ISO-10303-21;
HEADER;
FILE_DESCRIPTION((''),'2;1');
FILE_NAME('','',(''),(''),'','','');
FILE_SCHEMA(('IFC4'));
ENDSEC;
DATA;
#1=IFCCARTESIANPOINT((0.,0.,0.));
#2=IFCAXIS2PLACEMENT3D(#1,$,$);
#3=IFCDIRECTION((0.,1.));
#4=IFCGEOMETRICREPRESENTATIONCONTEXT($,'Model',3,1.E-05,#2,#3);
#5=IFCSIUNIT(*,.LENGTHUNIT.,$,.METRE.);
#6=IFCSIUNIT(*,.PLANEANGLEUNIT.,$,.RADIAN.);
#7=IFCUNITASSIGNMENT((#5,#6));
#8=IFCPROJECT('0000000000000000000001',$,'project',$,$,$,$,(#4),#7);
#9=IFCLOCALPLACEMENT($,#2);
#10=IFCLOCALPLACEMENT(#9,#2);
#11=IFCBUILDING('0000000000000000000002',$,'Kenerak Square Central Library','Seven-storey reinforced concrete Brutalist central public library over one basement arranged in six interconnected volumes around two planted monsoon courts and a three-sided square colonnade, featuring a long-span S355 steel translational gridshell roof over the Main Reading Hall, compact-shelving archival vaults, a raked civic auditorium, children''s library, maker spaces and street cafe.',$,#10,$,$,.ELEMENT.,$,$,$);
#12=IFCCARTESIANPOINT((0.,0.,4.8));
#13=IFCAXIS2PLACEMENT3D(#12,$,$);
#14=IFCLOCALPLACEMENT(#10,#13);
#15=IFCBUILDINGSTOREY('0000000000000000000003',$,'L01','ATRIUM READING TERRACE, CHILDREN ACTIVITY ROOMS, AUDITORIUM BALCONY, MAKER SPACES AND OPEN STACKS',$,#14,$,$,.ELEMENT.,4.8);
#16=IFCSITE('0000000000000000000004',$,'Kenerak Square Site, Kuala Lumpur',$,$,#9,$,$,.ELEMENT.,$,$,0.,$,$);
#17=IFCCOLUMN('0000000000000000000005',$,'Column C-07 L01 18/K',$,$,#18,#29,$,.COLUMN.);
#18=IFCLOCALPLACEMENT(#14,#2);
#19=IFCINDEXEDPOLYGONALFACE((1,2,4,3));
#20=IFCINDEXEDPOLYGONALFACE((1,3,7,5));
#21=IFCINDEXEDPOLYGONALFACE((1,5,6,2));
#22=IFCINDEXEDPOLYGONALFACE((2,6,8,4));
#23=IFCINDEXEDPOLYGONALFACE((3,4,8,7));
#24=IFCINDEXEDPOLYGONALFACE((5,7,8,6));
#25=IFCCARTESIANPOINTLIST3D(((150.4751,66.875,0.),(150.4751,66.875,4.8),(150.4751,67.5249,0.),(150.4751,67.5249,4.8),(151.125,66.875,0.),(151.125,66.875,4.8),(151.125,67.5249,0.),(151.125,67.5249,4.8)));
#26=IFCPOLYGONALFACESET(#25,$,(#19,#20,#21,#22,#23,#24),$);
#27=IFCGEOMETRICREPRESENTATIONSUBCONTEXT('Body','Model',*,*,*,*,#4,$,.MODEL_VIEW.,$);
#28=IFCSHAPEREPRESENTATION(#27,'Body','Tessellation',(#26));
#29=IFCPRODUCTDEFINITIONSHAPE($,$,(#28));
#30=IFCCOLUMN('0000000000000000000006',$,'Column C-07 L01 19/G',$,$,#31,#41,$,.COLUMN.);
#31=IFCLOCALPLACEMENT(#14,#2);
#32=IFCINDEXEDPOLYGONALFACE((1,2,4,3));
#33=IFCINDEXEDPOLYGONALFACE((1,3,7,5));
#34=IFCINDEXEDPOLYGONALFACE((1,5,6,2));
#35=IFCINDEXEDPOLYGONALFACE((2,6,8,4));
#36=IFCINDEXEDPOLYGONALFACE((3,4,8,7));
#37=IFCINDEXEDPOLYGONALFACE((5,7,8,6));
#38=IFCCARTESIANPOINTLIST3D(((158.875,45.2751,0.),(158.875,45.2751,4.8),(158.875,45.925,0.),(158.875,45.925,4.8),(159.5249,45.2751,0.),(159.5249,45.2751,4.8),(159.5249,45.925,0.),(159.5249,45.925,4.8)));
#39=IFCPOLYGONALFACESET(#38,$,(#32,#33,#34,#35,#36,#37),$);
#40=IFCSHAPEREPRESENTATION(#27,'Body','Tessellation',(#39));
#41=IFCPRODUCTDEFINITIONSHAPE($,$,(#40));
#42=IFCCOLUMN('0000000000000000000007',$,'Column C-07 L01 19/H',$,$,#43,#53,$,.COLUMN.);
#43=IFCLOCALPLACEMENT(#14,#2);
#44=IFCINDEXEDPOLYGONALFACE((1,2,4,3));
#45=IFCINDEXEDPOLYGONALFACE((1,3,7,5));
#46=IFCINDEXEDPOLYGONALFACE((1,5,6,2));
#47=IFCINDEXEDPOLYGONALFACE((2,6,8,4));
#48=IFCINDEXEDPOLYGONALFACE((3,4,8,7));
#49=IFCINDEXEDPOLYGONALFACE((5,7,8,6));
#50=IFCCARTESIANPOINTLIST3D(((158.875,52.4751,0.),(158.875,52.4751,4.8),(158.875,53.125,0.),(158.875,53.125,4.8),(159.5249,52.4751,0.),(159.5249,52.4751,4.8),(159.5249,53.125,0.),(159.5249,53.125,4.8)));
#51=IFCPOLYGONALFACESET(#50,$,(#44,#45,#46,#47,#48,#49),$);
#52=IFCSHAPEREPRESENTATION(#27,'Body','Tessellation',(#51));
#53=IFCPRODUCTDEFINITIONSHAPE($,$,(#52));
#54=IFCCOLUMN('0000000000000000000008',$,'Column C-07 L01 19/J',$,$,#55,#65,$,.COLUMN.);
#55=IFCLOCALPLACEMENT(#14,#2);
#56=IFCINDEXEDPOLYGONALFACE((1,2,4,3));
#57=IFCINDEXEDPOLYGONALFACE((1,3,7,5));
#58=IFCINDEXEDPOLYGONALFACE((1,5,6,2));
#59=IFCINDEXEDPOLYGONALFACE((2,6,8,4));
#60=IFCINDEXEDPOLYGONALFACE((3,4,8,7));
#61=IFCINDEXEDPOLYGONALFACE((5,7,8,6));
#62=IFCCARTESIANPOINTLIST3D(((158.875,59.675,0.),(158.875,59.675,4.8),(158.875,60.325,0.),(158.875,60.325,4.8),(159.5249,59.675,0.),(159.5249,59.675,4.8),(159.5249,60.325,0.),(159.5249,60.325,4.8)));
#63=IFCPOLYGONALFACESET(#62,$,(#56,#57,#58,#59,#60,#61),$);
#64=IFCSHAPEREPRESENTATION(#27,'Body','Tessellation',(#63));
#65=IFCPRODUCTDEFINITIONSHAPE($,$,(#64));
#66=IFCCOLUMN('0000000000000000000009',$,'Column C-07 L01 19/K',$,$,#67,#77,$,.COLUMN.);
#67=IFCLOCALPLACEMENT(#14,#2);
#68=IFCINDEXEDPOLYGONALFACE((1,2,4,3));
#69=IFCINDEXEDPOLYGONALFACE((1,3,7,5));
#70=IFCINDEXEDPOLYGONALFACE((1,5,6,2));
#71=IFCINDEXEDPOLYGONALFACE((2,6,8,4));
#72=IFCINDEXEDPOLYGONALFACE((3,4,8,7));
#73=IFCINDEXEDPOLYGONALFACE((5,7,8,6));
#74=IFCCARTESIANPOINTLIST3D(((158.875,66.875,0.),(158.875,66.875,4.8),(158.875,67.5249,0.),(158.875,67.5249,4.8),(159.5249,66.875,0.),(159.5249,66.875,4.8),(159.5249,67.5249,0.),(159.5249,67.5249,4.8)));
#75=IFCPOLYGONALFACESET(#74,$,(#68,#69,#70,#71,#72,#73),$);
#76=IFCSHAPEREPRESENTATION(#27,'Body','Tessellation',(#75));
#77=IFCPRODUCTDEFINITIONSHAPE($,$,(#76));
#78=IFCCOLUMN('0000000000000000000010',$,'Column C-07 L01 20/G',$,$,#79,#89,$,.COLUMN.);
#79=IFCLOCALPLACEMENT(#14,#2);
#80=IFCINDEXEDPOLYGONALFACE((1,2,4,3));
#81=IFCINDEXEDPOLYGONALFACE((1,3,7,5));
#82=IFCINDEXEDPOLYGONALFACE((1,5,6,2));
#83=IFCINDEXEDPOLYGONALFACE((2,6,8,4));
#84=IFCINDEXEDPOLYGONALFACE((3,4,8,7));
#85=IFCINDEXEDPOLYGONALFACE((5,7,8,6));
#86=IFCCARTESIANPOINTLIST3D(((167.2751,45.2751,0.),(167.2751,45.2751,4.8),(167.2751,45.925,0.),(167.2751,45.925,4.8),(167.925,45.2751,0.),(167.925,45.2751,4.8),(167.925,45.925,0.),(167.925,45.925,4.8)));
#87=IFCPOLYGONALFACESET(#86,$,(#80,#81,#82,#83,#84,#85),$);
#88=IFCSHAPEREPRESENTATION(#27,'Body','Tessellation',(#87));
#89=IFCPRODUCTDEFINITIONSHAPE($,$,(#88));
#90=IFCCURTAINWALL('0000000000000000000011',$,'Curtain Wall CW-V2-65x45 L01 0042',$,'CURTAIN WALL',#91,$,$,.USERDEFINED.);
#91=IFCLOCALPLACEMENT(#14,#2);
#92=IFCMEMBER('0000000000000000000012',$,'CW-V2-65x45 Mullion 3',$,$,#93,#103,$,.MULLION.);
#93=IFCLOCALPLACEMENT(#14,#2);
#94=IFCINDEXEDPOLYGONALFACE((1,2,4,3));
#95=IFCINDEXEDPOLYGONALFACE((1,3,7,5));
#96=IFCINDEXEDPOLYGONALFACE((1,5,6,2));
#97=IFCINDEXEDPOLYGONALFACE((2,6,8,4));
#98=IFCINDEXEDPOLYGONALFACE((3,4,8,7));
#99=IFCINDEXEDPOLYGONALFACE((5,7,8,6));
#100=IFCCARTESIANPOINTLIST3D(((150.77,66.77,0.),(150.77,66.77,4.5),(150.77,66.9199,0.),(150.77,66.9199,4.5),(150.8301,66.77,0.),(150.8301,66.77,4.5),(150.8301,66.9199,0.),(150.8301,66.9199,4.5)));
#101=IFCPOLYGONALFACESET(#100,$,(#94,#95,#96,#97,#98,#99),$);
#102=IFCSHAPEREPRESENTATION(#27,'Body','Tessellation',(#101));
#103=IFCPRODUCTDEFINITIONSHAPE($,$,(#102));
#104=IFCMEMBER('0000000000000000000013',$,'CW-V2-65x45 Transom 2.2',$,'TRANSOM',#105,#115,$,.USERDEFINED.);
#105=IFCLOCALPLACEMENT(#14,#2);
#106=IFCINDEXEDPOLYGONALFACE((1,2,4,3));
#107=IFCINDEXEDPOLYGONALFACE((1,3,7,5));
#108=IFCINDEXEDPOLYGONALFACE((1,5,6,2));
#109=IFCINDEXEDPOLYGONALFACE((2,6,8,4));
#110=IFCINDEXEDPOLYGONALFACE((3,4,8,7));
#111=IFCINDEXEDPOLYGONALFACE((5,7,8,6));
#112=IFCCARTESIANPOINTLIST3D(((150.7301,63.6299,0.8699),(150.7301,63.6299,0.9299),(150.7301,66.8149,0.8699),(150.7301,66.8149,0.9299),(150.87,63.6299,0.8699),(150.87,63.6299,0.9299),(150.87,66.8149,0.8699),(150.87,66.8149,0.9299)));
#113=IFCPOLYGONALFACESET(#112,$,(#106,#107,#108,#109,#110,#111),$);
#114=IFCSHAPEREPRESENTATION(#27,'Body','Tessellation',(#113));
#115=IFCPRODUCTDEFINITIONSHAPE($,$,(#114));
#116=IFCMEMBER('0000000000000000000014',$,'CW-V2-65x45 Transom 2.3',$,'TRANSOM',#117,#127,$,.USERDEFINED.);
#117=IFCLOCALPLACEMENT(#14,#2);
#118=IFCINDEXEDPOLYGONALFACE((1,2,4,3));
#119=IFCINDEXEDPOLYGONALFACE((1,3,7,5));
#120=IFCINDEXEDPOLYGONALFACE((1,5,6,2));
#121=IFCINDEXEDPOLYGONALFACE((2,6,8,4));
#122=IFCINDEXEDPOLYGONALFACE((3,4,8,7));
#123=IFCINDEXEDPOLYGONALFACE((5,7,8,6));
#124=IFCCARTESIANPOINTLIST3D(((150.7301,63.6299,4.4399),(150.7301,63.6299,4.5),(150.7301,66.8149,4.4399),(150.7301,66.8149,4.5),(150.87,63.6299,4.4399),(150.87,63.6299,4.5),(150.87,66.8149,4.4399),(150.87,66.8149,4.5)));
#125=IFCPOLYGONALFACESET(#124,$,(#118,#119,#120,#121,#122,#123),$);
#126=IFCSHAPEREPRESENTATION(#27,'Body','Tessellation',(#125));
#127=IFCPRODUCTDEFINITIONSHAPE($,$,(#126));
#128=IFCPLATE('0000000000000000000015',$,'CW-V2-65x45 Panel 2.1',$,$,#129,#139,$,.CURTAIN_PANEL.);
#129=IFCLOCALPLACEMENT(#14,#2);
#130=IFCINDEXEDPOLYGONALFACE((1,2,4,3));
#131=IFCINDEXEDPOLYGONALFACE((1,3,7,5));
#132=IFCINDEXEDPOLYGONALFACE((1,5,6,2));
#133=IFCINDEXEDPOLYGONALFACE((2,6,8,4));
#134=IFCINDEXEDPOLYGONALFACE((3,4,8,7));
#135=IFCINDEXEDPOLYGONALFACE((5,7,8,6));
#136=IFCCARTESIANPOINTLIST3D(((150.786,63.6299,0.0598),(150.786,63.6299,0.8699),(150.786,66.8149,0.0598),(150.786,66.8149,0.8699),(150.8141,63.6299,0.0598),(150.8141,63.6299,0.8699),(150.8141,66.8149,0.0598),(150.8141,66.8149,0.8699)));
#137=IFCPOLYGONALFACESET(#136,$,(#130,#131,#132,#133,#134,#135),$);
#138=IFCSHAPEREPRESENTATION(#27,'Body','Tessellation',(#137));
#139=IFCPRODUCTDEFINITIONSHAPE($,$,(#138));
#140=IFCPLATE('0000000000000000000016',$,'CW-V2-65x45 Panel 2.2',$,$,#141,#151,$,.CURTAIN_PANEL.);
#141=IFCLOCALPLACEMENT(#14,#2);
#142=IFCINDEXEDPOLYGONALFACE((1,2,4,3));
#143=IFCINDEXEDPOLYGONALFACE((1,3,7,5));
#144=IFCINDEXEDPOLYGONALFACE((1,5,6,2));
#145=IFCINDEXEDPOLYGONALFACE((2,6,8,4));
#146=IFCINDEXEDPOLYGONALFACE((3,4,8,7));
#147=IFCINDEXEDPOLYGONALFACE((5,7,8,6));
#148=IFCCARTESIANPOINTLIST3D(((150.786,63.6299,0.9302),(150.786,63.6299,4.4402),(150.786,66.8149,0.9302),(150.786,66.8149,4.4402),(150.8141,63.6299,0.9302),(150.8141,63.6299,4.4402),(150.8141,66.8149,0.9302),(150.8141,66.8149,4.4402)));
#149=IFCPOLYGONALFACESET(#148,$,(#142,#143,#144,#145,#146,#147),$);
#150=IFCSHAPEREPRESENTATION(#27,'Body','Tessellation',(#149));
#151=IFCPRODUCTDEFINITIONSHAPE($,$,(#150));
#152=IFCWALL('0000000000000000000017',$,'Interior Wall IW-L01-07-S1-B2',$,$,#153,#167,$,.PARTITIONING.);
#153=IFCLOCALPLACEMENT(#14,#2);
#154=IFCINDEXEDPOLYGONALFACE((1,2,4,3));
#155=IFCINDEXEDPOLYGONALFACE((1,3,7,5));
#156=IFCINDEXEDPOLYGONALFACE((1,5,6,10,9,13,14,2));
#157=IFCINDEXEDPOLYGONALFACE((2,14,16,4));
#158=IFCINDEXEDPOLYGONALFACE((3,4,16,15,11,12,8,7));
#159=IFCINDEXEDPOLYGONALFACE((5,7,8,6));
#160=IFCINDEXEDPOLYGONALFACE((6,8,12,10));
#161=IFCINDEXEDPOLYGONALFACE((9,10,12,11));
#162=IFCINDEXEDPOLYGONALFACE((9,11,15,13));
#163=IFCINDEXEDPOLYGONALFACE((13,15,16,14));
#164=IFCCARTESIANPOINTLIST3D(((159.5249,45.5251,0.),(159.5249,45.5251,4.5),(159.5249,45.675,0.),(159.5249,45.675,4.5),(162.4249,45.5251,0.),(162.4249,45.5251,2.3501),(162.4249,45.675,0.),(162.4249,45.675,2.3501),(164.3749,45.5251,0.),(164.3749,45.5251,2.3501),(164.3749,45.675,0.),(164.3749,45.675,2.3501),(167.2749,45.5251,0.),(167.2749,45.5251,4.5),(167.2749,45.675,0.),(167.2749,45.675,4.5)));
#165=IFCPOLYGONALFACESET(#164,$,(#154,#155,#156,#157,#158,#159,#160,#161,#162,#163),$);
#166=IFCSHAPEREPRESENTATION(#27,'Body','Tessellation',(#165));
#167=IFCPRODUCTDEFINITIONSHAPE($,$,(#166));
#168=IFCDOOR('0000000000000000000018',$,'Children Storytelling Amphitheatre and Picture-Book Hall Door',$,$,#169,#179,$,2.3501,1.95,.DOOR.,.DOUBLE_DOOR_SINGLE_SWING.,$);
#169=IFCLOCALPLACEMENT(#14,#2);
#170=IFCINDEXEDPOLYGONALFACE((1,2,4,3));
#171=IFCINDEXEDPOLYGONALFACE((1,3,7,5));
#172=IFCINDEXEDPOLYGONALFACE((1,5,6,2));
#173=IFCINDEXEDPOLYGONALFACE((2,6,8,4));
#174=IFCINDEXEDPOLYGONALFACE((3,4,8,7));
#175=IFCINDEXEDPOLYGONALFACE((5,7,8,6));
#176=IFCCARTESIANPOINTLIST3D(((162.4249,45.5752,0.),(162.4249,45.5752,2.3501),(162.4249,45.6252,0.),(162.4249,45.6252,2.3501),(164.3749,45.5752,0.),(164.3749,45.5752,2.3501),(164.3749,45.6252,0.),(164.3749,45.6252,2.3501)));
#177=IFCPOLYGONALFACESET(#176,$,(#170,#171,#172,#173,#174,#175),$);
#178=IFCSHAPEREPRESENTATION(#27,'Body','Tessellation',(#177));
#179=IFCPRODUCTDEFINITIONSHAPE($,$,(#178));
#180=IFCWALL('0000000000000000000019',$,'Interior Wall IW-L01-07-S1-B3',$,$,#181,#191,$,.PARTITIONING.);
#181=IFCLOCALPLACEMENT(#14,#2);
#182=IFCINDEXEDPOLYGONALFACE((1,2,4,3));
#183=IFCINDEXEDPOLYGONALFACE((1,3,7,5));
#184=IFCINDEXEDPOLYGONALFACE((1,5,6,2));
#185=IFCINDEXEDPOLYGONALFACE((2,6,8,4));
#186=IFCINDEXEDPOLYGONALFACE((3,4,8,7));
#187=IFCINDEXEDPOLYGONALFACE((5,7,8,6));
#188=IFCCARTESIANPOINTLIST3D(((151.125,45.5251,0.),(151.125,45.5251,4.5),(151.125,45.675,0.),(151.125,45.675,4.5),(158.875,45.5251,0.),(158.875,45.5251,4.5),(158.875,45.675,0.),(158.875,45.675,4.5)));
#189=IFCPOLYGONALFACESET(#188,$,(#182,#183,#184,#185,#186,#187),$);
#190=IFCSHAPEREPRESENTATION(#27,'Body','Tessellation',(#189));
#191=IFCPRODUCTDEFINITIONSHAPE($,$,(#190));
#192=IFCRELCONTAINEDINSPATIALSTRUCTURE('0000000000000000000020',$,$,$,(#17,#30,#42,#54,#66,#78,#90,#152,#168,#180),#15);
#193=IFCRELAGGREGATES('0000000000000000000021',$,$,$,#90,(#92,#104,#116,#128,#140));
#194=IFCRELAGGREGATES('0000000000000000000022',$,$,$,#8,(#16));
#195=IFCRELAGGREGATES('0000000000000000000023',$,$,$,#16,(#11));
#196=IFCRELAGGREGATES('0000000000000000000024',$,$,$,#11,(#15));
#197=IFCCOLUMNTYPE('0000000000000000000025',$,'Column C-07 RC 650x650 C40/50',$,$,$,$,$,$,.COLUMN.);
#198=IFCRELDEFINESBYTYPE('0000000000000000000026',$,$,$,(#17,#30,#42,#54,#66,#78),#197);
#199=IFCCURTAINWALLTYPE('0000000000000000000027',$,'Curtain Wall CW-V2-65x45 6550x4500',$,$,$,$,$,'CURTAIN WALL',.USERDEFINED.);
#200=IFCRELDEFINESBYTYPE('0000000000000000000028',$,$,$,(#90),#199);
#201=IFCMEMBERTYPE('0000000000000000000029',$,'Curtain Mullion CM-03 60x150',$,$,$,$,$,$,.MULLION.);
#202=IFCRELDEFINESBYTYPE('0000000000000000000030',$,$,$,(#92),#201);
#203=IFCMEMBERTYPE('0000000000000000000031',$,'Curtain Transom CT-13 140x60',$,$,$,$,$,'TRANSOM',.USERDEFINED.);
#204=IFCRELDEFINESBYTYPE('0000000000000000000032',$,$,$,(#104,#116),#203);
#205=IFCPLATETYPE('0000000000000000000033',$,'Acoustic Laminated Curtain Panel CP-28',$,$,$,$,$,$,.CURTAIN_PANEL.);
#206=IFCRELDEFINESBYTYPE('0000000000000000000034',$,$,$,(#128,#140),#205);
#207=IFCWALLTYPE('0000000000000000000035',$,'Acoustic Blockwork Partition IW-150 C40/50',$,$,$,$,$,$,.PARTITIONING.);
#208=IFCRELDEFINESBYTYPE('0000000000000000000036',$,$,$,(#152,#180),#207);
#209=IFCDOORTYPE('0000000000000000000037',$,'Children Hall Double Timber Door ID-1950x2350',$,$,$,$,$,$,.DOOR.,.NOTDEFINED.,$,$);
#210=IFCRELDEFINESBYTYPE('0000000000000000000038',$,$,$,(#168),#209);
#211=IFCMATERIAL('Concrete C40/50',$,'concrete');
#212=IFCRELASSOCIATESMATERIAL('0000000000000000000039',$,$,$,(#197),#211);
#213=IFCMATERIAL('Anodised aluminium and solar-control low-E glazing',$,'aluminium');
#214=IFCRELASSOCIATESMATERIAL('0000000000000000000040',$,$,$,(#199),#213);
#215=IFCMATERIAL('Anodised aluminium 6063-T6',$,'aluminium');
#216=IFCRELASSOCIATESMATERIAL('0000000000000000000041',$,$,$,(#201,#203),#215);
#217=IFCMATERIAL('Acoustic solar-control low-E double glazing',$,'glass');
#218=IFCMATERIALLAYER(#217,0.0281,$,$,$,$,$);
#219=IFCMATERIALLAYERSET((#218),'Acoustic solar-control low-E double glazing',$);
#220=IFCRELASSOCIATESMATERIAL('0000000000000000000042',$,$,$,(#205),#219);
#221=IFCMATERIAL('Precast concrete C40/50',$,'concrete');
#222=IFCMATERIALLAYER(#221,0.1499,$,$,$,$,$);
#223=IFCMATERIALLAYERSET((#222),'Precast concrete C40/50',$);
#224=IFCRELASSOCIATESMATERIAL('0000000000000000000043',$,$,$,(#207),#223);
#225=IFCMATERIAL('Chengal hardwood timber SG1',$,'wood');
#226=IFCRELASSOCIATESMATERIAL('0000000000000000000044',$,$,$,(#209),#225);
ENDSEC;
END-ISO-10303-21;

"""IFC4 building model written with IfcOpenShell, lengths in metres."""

from ifc_helpers import new_model, si_unit, direction, frame, frame_2d, origin, origin_2d, place, context, subcontext, project, spatial, rectangle, extrude, material, layer, layer_set, material_profile, profile_set, type_object, element, fill, aggregate, save


model = new_model("IFC4")

# Units and contexts
model_context = context("Model", 3, precision=1e-05, world=origin(), true_north=direction((0.0, 1.0)))
body_context = subcontext(model_context, "Body", "Model", "MODEL_VIEW")
ifc_project = project(units=[si_unit("LENGTHUNIT", "METRE"), si_unit("PLANEANGLEUNIT", "RADIAN")], contexts=[model_context])

# Site, building, storey
site_placement = place(None, origin())
site = spatial("IfcSite", under=ifc_project, at=site_placement, Name="Kenerak Square Site, Kuala Lumpur", CompositionType="ELEMENT", RefElevation=0.0)
building_placement = place(site_placement, origin())
building = spatial("IfcBuilding", under=site, at=building_placement, Name="Kenerak Square Central Library", Description="Seven-storey reinforced concrete Brutalist central public library over one basement arranged in six interconnected volumes around two planted monsoon courts and a three-sided square colonnade, featuring a long-span S355 steel translational gridshell roof over the Main Reading Hall, compact-shelving archival vaults, a raked civic auditorium, children's library, maker spaces and street cafe.", CompositionType="ELEMENT")
storey_placement = place(building_placement, frame((0.0, 0.0, 4.8)))
storey = spatial("IfcBuildingStorey", under=building, at=storey_placement, Name="L01", Description="ATRIUM READING TERRACE, CHILDREN ACTIVITY ROOMS, AUDITORIUM BALCONY, MAKER SPACES AND OPEN STACKS", CompositionType="ELEMENT", Elevation=4.8)

# Columns
ifc_material_1 = material(Name="Concrete C40/50", Category="concrete")
ifc_material_profile_1 = material_profile(ifc_material_1, rectangle(XDim=0.6499, YDim=0.6499, at=origin_2d()), Name="RC 650x650")
ifc_profile_set_1 = profile_set([ifc_material_profile_1], Name="Concrete C40/50")
column_type = type_object("IfcColumnType", Name="Column C-07 RC 650x650 C40/50", PredefinedType="COLUMN", material=ifc_profile_set_1)
for number, where, z_axis, x_axis, name in (
    (1, (150.8, 67.2, 0.0), (0.0, 0.0, 1.0), (1.0, 0.0, 0.0), "Column C-07 L01 18/K"),
    (2, (159.2, 45.6001, 0.0), (0.0, 0.0, 1.0), (1.0, 0.0, 0.0), "Column C-07 L01 19/G"),
    (3, (159.2, 52.8, 0.0), (0.0, 0.0, 1.0), (1.0, 0.0, 0.0), "Column C-07 L01 19/H"),
    (4, (159.2, 60.0, 0.0), (0.0, 0.0, 1.0), (1.0, 0.0, 0.0), "Column C-07 L01 19/J"),
    (5, (159.2, 67.2, 0.0), (0.0, 0.0, 1.0), (1.0, 0.0, 0.0), "Column C-07 L01 19/K"),
    (6, (167.6001, 45.6001, 0.0), (0.0, 0.0, 1.0), (1.0, 0.0, 0.0), "Column C-07 L01 20/G"),
):
    element("IfcColumn", number, at=place(storey_placement, frame(where, z_axis=z_axis, x_axis=x_axis)), inside=storey, type_object=column_type, Name=name, PredefinedType="COLUMN", context=body_context, shape_type="SweptSolid", body=[
        extrude(rectangle(XDim=0.6499, YDim=0.6499, at=origin_2d()), origin(), (0.0, 0.0, 1.0), 4.8),
    ])

# Curtain wall, members, plates
ifc_material_2 = material(Name="Anodised aluminium and solar-control low-E glazing", Category="aluminium")
curtain_wall_type = type_object("IfcCurtainWallType", Name="Curtain Wall CW-V2-65x45 6550x4500", ElementType="CURTAIN WALL", PredefinedType="USERDEFINED", material=ifc_material_2)
curtain_wall_placement = place(storey_placement, origin())
curtain_wall = element("IfcCurtainWall", 7, at=curtain_wall_placement, inside=storey, type_object=curtain_wall_type, Name="Curtain Wall CW-V2-65x45 L01 0042", ObjectType="CURTAIN WALL", PredefinedType="USERDEFINED")
ifc_material_3 = material(Name="Anodised aluminium 6063-T6", Category="aluminium")
ifc_material_profile_2 = material_profile(ifc_material_3, rectangle(XDim=0.0601, YDim=0.1499, at=origin_2d()), Name="AL MULLION 60x150")
ifc_profile_set_2 = profile_set([ifc_material_profile_2], Name="Anodised aluminium 6063-T6")
member_type_1 = type_object("IfcMemberType", Name="Curtain Mullion CM-03 60x150", PredefinedType="MULLION", material=ifc_profile_set_2)
member_1_placement = place(storey_placement, frame((150.8, 66.845, 0.0), z_axis=(0.0, 0.0, 1.0), x_axis=(-1.0, 0.0, 0.0)))
member_1 = element("IfcMember", 8, at=member_1_placement, type_object=member_type_1, Name="CW-V2-65x45 Mullion 3", PredefinedType="MULLION", context=body_context, shape_type="SweptSolid", body=[
    extrude(rectangle(XDim=0.0601, YDim=0.1499, at=origin_2d()), origin(), (0.0, 0.0, 1.0), 4.5),
])
ifc_material_profile_3 = material_profile(ifc_material_3, rectangle(XDim=0.1399, YDim=0.0601, at=origin_2d()), Name="AL TRANSOM 140x60")
ifc_profile_set_3 = profile_set([ifc_material_profile_3], Name="Anodised aluminium 6063-T6")
member_type_2 = type_object("IfcMemberType", Name="Curtain Transom CT-13 140x60", ElementType="TRANSOM", PredefinedType="USERDEFINED", material=ifc_profile_set_3)
member_2_placement = place(storey_placement, frame((150.8, 63.6299, 0.8999), z_axis=(0.0, 1.0, 0.0), x_axis=(-1.0, 0.0, 0.0)))
member_2 = element("IfcMember", 9, at=member_2_placement, type_object=member_type_2, Name="CW-V2-65x45 Transom 2.2", ObjectType="TRANSOM", PredefinedType="USERDEFINED", context=body_context, shape_type="SweptSolid", body=[
    extrude(rectangle(XDim=0.1399, YDim=0.0601, at=origin_2d()), origin(), (0.0, 0.0, 1.0), 3.1851),
])
member_3_placement = place(storey_placement, frame((150.8, 63.6299, 4.47), z_axis=(0.0, 1.0, 0.0), x_axis=(-1.0, 0.0, 0.0)))
member_3 = element("IfcMember", 10, at=member_3_placement, type_object=member_type_2, Name="CW-V2-65x45 Transom 2.3", ObjectType="TRANSOM", PredefinedType="USERDEFINED", context=body_context, shape_type="SweptSolid", body=[
    extrude(rectangle(XDim=0.1399, YDim=0.0601, at=origin_2d()), origin(), (0.0, 0.0, 1.0), 3.1851),
])
ifc_material_4 = material(Name="Acoustic solar-control low-E double glazing", Category="glass")
ifc_layer_1 = layer(ifc_material_4, 0.0281)
ifc_layer_set_1 = layer_set([ifc_layer_1], Name="Acoustic solar-control low-E double glazing")
plate_type = type_object("IfcPlateType", Name="Acoustic Laminated Curtain Panel CP-28", PredefinedType="CURTAIN_PANEL", material=ifc_layer_set_1)
plate_1_placement = place(storey_placement, frame((150.8, 65.2224, 0.0598), z_axis=(0.0, 0.0, 1.0), x_axis=(0.0, 1.0, 0.0)))
plate_1 = element("IfcPlate", 11, at=plate_1_placement, type_object=plate_type, Name="CW-V2-65x45 Panel 2.1", PredefinedType="CURTAIN_PANEL", context=body_context, shape_type="SweptSolid", body=[
    extrude(rectangle(XDim=3.1851, YDim=0.0281, at=origin_2d()), origin(), (0.0, 0.0, 1.0), 0.8101),
])
plate_2_placement = place(storey_placement, frame((150.8, 65.2224, 0.9302), z_axis=(0.0, 0.0, 1.0), x_axis=(0.0, 1.0, 0.0)))
plate_2 = element("IfcPlate", 12, at=plate_2_placement, type_object=plate_type, Name="CW-V2-65x45 Panel 2.2", PredefinedType="CURTAIN_PANEL", context=body_context, shape_type="SweptSolid", body=[
    extrude(rectangle(XDim=3.1851, YDim=0.0281, at=origin_2d()), origin(), (0.0, 0.0, 1.0), 3.51),
])
aggregate(curtain_wall, [member_1, member_2, member_3, plate_1, plate_2])

# Wall, opening, door
ifc_material_5 = material(Name="Precast concrete C40/50", Category="concrete")
ifc_layer_2 = layer(ifc_material_5, 0.1499)
ifc_layer_set_2 = layer_set([ifc_layer_2], Name="Precast concrete C40/50")
wall_type_1 = type_object("IfcWallType", Name="Acoustic Blockwork Partition IW-150 C40/50", PredefinedType="PARTITIONING", material=ifc_layer_set_2)
wall_1_placement = place(storey_placement, frame((167.2749, 45.6001, 0.0), z_axis=(0.0, 0.0, 1.0), x_axis=(-1.0, 0.0, 0.0)))
wall_1 = element("IfcWall", 13, at=wall_1_placement, inside=storey, type_object=wall_type_1, Name="Interior Wall IW-L01-07-S1-B2", PredefinedType="PARTITIONING", context=body_context, shape_type="SweptSolid", body=[
    extrude(rectangle(XDim=7.75, YDim=0.1499, at=frame_2d((3.875, 0.0))), origin(), (0.0, 0.0, 1.0), 4.5),
])
opening_1_placement = place(wall_1_placement, frame((2.8999, 0.0, 0.0)))
opening_1 = element("IfcOpeningElement", 14, at=opening_1_placement, cuts=wall_1, PredefinedType="OPENING", context=body_context, shape_type="SweptSolid", body=[
    extrude(rectangle(XDim=1.95, YDim=2.3501, at=frame_2d((0.9751, 1.175))), frame((0.0, 0.085, 0.0), z_axis=(0.0, -1.0, 0.0), x_axis=(1.0, 0.0, 0.0)), (0.0, 0.0, 1.0), 0.1699),
])
ifc_material_6 = material(Name="Chengal hardwood timber SG1", Category="wood")
door_type = type_object("IfcDoorType", Name="Children Hall Double Timber Door ID-1950x2350", OperationType="NOTDEFINED", PredefinedType="DOOR", material=ifc_material_6)
door_placement = place(opening_1_placement, origin())
door = element("IfcDoor", 15, at=door_placement, inside=storey, type_object=door_type, Name="Children Storytelling Amphitheatre and Picture-Book Hall Door", OperationType="DOUBLE_DOOR_SINGLE_SWING", OverallHeight=2.3501, OverallWidth=1.95, PredefinedType="DOOR", context=body_context, shape_type="SweptSolid", body=[
    extrude(rectangle(XDim=1.95, YDim=2.3501, at=frame_2d((0.9751, 1.175))), frame((0.0, 0.0249, 0.0), z_axis=(0.0, -1.0, 0.0), x_axis=(1.0, 0.0, 0.0)), (0.0, 0.0, 1.0), 0.05),
])
fill(opening_1, door)

# Wall
wall_2_placement = place(storey_placement, frame((158.875, 45.6001, 0.0), z_axis=(0.0, 0.0, 1.0), x_axis=(-1.0, 0.0, 0.0)))
element("IfcWall", 16, at=wall_2_placement, inside=storey, type_object=wall_type_1, Name="Interior Wall IW-L01-07-S1-B3", PredefinedType="PARTITIONING", context=body_context, shape_type="SweptSolid", body=[
    extrude(rectangle(XDim=7.75, YDim=0.1499, at=frame_2d((3.875, 0.0))), origin(), (0.0, 0.0, 1.0), 4.5),
])

save(model, "model.ifc")
